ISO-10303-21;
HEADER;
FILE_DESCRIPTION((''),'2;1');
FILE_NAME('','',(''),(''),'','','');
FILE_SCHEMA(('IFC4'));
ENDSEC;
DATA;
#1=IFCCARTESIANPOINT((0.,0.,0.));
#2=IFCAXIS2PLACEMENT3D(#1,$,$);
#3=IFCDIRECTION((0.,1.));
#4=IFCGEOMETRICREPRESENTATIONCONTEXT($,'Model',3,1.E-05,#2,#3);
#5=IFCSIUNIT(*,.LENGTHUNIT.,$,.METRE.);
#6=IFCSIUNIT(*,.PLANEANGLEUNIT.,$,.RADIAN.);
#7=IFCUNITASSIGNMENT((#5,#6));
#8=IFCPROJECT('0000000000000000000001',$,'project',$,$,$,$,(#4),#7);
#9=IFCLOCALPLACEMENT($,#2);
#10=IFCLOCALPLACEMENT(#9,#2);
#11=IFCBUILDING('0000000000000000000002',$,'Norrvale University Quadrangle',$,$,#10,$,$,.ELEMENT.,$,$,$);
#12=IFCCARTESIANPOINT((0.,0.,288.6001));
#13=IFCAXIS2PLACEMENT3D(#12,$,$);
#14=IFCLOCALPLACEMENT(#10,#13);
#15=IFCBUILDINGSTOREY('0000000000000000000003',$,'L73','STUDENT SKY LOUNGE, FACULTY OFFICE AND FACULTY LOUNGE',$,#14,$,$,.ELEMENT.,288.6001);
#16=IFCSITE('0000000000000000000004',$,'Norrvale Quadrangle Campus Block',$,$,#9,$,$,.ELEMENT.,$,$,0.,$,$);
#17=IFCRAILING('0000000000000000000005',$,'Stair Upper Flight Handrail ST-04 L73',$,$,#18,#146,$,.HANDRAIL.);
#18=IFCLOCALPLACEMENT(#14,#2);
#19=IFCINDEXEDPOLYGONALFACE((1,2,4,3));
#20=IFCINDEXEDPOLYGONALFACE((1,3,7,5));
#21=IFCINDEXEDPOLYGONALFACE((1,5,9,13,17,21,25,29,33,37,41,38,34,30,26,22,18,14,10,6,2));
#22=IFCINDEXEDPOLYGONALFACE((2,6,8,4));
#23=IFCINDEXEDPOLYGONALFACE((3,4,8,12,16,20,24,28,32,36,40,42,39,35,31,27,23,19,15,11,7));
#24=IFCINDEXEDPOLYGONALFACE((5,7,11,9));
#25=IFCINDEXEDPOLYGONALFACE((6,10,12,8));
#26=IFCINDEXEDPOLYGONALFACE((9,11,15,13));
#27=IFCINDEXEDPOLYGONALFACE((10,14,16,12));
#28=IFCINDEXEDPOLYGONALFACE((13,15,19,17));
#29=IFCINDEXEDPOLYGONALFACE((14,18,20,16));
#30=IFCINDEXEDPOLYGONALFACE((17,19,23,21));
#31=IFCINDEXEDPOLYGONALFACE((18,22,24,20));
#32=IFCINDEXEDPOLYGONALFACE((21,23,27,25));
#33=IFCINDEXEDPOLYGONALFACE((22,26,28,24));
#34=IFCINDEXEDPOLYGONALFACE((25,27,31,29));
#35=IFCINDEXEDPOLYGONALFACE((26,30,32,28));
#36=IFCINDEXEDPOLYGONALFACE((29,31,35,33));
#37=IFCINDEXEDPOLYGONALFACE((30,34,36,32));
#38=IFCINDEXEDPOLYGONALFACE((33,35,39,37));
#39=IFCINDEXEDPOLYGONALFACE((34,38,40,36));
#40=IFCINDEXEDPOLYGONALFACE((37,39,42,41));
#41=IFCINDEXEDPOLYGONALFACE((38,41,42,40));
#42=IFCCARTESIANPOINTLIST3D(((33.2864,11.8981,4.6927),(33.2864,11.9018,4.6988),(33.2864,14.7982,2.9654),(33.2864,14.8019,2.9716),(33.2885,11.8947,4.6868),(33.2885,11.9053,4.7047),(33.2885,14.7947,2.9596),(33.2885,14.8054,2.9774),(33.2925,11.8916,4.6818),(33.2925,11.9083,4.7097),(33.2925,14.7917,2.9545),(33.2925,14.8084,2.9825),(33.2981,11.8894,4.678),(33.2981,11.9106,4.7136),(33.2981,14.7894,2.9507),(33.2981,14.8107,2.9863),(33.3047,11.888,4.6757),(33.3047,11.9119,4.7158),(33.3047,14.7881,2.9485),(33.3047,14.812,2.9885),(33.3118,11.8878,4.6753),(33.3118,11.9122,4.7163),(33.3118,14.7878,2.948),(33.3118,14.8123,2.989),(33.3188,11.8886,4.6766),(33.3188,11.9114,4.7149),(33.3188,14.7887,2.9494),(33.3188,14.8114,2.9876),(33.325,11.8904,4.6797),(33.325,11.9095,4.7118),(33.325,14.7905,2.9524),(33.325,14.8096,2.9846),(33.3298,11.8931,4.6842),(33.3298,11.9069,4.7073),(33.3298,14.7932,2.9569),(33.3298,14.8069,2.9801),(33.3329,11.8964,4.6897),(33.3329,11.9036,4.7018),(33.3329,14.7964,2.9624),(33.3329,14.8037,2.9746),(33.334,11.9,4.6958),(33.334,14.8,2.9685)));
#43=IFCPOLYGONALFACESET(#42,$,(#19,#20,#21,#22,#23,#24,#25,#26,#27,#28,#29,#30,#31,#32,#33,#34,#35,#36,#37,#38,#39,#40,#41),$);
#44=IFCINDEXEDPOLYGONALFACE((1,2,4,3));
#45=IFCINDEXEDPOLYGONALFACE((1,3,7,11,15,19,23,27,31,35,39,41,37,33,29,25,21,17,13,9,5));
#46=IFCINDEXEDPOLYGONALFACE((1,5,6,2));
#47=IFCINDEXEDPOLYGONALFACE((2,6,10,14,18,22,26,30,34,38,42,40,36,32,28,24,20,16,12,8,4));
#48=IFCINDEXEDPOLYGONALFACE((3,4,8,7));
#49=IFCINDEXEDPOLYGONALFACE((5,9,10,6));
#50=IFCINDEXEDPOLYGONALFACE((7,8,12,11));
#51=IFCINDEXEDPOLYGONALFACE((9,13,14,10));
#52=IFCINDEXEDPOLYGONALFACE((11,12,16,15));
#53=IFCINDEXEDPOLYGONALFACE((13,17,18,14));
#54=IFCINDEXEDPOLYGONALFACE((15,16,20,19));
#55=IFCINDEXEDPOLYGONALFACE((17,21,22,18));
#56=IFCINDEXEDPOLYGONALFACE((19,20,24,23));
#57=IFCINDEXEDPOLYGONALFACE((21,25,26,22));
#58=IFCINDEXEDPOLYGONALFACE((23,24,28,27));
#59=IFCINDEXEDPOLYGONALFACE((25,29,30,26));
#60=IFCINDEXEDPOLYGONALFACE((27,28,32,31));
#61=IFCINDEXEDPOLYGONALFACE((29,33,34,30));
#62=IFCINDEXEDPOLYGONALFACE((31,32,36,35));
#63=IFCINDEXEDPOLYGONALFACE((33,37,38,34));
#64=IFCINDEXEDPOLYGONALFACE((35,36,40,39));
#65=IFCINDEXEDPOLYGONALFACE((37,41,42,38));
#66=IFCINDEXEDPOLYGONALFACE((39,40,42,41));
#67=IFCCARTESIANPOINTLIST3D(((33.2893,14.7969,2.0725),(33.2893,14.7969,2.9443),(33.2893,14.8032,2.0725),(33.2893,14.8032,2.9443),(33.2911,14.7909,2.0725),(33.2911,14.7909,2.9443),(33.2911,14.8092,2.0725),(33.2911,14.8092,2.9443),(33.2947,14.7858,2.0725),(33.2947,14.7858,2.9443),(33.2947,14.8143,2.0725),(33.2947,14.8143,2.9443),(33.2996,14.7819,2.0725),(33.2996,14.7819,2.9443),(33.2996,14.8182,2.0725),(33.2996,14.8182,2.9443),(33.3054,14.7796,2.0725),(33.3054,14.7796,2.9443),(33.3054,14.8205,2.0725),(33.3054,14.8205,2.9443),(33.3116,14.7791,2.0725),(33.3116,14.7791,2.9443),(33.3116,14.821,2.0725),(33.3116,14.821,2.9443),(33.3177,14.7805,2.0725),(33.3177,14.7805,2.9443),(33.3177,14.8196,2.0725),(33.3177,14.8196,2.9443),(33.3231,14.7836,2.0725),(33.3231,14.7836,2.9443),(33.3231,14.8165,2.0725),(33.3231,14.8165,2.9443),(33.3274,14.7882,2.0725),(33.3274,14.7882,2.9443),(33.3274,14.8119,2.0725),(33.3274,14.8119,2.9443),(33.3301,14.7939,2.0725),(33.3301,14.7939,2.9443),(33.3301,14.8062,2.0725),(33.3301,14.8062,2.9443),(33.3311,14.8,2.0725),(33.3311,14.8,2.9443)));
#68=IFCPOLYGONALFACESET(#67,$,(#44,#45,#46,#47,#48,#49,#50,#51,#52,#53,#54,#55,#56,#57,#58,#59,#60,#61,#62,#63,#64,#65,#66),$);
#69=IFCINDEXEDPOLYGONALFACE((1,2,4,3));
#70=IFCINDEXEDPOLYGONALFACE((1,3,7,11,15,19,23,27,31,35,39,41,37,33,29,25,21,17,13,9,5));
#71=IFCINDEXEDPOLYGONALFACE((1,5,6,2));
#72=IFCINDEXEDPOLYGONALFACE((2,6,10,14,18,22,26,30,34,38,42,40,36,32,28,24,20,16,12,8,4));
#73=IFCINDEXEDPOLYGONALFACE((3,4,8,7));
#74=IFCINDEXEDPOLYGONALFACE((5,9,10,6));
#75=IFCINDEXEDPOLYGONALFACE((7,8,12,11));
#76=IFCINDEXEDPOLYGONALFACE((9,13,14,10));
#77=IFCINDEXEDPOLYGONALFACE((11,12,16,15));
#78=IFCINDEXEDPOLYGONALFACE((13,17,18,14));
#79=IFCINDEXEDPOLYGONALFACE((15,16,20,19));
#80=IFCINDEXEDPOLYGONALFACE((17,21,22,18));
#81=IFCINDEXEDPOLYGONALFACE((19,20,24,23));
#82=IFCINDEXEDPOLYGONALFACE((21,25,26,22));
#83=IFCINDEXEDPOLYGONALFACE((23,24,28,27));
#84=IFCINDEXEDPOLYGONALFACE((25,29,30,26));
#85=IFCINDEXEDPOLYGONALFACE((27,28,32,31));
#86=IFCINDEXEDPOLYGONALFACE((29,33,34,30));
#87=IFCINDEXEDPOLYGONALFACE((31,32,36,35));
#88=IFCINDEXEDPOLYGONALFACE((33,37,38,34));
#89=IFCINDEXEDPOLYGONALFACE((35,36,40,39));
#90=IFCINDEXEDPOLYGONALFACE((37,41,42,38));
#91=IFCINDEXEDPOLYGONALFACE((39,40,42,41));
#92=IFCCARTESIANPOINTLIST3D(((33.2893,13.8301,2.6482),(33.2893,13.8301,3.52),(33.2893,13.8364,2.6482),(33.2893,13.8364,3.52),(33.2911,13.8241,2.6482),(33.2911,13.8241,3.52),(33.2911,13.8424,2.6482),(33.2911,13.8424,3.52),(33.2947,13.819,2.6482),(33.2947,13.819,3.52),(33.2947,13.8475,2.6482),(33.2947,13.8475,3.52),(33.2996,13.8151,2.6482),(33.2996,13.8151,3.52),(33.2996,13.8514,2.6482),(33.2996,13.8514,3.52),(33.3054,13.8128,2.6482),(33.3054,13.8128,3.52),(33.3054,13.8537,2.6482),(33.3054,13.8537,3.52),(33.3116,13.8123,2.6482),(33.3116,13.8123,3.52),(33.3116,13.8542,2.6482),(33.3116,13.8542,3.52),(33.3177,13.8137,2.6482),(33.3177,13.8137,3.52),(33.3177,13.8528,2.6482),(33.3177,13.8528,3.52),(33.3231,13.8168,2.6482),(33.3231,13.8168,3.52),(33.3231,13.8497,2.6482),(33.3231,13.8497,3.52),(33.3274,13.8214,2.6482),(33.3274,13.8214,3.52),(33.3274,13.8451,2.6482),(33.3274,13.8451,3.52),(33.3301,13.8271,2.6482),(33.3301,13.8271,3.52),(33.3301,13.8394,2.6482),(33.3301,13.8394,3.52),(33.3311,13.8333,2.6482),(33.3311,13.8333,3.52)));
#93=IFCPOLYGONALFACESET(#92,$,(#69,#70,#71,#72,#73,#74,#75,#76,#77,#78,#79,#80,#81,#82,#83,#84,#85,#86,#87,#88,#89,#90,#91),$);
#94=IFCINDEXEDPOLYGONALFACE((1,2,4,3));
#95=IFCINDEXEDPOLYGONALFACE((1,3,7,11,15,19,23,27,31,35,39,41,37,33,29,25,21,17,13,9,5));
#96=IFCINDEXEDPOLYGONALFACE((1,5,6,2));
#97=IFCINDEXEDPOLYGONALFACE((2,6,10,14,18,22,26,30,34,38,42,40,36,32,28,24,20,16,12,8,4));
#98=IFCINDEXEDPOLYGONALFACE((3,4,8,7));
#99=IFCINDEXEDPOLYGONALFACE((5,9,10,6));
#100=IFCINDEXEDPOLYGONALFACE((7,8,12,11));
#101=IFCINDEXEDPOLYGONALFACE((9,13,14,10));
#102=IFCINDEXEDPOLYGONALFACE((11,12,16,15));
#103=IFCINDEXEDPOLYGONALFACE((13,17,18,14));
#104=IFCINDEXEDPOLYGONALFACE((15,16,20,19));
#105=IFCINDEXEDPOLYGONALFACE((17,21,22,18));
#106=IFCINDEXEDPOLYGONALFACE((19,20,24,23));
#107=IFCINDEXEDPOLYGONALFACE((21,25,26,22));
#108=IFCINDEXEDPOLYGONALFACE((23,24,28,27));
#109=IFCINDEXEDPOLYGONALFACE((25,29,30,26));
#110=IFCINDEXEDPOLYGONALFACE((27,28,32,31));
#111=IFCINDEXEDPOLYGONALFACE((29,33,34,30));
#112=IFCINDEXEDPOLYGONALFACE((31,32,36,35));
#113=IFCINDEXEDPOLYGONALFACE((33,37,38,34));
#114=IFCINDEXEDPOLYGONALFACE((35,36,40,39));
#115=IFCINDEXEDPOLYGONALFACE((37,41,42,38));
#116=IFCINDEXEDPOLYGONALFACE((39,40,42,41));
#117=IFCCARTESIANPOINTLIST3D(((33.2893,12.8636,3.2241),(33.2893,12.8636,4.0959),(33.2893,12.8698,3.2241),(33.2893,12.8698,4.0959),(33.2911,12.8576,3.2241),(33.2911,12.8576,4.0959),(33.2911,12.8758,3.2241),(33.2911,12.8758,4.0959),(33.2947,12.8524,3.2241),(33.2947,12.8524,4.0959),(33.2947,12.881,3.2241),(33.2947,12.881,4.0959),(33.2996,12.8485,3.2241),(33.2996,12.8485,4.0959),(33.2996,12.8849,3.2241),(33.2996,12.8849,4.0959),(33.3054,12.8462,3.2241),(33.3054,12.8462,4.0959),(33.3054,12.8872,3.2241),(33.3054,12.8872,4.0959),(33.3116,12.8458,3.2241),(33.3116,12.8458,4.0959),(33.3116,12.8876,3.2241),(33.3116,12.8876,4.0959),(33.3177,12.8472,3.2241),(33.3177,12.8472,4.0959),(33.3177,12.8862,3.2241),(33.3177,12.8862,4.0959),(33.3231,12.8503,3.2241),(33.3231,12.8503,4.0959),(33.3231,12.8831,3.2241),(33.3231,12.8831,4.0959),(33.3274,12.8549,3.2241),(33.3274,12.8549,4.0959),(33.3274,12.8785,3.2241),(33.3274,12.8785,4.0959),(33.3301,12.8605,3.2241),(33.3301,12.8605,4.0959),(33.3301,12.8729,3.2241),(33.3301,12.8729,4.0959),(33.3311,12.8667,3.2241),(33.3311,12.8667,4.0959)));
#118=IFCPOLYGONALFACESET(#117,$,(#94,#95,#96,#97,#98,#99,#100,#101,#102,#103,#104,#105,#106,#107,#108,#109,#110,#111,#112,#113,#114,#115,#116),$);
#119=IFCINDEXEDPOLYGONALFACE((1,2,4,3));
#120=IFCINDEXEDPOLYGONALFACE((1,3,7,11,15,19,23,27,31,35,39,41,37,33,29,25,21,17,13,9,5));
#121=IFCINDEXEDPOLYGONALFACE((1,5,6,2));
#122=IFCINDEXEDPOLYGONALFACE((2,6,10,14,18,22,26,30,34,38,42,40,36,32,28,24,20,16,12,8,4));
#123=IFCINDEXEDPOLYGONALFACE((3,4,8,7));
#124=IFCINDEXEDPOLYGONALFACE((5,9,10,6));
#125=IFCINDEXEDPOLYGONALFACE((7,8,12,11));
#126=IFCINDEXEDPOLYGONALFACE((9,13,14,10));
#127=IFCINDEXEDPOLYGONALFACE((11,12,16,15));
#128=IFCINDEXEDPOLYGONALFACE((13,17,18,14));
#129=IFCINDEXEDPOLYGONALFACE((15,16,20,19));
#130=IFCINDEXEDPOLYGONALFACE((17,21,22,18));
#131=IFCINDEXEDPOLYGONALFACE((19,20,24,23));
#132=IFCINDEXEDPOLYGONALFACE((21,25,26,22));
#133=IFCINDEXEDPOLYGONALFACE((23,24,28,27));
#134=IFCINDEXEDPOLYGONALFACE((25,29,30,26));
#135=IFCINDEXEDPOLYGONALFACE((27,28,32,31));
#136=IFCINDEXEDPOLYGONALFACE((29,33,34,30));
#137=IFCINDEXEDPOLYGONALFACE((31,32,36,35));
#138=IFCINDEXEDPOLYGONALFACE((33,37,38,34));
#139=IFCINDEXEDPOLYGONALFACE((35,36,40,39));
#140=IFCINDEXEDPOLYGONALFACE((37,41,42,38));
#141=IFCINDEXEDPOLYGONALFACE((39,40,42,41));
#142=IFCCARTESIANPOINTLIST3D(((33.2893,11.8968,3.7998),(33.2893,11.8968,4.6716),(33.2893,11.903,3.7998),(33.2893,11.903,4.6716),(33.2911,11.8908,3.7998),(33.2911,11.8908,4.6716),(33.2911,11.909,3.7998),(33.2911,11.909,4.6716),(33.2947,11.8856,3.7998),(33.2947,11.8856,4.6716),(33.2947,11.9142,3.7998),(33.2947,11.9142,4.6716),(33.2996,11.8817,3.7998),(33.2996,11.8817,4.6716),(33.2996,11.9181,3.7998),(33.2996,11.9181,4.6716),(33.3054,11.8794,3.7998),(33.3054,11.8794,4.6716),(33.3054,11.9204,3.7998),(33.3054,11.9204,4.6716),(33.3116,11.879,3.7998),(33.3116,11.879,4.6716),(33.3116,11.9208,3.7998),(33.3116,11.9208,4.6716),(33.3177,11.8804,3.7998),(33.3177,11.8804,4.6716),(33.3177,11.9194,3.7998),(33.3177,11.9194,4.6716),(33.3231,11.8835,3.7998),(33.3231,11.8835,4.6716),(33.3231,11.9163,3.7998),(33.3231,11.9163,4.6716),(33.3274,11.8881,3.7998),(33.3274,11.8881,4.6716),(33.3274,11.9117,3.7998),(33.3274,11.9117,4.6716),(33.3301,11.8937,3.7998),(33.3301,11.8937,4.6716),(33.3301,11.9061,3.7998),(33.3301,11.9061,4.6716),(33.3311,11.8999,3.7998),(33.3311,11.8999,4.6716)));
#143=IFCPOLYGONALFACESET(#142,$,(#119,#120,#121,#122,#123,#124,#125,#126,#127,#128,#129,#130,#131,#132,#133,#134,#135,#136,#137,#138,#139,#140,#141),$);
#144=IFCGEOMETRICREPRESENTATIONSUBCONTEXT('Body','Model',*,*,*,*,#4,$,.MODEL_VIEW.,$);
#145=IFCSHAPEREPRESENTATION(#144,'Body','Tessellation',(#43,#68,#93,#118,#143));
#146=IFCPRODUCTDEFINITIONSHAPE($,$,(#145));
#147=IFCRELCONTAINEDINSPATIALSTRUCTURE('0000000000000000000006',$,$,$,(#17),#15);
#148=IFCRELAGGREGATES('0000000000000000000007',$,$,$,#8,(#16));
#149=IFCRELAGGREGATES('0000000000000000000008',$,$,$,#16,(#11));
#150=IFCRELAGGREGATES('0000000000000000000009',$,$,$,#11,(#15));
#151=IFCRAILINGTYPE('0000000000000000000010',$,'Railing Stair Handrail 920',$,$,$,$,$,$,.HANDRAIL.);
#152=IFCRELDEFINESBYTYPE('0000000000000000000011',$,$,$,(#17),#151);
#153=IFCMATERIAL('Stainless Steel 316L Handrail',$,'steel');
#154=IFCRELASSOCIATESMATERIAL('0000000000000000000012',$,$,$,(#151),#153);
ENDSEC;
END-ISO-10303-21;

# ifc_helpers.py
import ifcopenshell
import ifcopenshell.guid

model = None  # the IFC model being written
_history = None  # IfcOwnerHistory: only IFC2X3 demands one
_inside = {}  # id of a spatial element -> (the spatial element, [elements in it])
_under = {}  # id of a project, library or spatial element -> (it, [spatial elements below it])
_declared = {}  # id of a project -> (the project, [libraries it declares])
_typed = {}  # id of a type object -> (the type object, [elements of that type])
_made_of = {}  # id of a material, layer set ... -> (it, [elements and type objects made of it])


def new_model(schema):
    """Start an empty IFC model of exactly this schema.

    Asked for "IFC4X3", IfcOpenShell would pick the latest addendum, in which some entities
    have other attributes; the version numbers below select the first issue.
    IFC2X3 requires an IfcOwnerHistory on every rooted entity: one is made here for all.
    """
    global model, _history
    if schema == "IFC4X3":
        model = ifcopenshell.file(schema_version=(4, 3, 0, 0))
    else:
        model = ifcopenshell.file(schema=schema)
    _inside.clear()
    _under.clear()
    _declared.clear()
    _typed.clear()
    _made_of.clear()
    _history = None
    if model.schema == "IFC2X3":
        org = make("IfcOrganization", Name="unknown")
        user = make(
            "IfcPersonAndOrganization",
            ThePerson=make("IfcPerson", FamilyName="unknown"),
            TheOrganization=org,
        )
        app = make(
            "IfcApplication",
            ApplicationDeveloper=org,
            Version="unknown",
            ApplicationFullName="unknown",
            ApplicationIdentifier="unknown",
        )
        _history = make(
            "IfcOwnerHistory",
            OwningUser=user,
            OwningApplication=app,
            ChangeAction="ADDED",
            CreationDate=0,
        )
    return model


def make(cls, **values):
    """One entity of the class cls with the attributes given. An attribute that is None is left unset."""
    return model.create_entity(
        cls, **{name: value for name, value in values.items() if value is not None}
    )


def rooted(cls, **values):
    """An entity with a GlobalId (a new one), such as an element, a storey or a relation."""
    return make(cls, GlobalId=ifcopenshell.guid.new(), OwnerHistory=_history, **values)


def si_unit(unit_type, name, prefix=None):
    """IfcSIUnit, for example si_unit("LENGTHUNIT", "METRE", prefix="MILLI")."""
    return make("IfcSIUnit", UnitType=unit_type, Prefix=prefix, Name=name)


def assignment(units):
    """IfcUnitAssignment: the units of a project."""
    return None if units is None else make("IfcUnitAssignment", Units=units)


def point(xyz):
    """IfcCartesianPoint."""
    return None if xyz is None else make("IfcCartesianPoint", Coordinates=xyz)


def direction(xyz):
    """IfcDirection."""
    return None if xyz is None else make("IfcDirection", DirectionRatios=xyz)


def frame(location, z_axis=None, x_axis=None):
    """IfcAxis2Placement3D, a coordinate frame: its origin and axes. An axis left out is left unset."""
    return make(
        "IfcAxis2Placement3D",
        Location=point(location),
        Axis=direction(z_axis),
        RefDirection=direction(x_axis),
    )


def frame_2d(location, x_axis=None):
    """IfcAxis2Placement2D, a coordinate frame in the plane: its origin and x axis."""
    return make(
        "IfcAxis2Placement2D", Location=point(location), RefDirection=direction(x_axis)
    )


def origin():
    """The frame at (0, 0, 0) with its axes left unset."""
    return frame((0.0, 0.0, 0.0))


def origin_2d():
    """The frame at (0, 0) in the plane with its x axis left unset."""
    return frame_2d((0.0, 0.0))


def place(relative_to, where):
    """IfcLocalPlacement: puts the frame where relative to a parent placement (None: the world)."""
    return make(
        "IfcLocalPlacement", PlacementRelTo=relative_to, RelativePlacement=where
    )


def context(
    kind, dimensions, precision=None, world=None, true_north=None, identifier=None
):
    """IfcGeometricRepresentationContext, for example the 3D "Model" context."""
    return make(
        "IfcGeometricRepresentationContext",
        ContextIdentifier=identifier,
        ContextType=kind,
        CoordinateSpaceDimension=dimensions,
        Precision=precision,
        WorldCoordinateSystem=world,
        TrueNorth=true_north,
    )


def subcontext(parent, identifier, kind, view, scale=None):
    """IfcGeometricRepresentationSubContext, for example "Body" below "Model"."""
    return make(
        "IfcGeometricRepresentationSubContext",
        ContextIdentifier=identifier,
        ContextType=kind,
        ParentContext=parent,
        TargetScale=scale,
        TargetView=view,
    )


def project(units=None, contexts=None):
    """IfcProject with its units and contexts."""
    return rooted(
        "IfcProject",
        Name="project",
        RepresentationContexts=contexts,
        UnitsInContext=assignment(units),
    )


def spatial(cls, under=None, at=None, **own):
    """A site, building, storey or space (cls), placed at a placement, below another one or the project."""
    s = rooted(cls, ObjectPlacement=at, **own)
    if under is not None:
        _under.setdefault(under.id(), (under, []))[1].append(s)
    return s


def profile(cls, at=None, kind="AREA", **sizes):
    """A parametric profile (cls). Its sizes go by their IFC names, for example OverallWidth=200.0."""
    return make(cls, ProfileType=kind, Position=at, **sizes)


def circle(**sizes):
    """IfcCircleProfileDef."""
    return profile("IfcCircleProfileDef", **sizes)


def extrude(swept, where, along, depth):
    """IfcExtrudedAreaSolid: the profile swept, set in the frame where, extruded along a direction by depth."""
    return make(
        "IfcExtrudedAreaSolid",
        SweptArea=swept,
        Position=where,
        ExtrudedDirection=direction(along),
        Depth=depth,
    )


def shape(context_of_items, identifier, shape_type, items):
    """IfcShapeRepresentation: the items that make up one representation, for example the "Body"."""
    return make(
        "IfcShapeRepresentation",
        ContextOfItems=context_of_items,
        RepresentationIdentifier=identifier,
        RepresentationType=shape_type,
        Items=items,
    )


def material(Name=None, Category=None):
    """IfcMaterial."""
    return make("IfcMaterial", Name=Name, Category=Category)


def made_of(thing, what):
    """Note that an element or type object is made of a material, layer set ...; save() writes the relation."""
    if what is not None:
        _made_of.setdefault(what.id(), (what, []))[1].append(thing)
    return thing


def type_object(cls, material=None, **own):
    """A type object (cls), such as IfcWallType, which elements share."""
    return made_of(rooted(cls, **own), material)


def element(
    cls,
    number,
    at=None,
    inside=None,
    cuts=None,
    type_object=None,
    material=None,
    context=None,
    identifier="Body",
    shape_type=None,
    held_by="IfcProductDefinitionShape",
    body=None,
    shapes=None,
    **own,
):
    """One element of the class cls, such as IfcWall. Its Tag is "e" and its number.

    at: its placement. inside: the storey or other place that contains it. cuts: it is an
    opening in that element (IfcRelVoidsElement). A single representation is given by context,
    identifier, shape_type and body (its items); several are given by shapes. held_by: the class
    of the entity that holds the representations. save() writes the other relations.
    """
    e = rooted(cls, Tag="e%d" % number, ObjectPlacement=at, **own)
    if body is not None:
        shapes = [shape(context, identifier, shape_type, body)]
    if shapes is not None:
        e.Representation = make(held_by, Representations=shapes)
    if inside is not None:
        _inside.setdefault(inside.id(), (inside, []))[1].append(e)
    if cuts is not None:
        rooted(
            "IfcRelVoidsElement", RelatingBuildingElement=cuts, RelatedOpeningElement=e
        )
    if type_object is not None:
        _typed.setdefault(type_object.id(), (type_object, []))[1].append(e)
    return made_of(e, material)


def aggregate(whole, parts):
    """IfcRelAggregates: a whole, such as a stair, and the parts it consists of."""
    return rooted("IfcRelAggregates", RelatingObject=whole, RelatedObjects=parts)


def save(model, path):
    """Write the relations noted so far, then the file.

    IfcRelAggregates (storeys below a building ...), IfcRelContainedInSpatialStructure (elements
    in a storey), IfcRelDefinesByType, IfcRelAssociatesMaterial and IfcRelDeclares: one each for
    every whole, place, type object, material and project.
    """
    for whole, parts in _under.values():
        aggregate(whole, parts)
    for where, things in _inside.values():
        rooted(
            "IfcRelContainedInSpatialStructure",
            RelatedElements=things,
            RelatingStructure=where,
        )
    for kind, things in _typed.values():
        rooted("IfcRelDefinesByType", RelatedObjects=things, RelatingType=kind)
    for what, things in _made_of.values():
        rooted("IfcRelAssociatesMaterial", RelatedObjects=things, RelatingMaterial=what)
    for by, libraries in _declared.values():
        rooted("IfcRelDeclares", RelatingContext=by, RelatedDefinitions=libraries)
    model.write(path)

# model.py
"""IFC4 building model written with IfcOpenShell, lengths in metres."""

from ifc_helpers import new_model, si_unit, direction, frame, origin, origin_2d, place, context, subcontext, project, spatial, circle, extrude, material, type_object, element, save


model = new_model("IFC4")

# Units and contexts
model_context = context("Model", 3, precision=1e-05, world=origin(), true_north=direction((0.0, 1.0)))
body_context = subcontext(model_context, "Body", "Model", "MODEL_VIEW")
ifc_project = project(units=[si_unit("LENGTHUNIT", "METRE"), si_unit("PLANEANGLEUNIT", "RADIAN")], contexts=[model_context])

# Site, building, storey
site_placement = place(None, origin())
site = spatial("IfcSite", under=ifc_project, at=site_placement, Name="Norrvale Quadrangle Campus Block", CompositionType="ELEMENT", RefElevation=0.0)
building_placement = place(site_placement, origin())
building = spatial("IfcBuilding", under=site, at=building_placement, Name="Norrvale University Quadrangle", CompositionType="ELEMENT")
storey_placement = place(building_placement, frame((0.0, 0.0, 288.6001)))
storey = spatial("IfcBuildingStorey", under=building, at=storey_placement, Name="L73", Description="STUDENT SKY LOUNGE, FACULTY OFFICE AND FACULTY LOUNGE", CompositionType="ELEMENT", Elevation=288.6001)

# Railing
ifc_material_1 = material(Name="Stainless Steel 316L Handrail", Category="steel")
railing_type_1 = type_object("IfcRailingType", Name="Railing Stair Handrail 920", PredefinedType="HANDRAIL", material=ifc_material_1)
railing_1_placement = place(storey_placement, frame((33.3101, 14.8, 2.0725)))
element("IfcRailing", 1, at=railing_1_placement, inside=storey, type_object=railing_type_1, Name="Stair Upper Flight Handrail ST-04 L73", PredefinedType="HANDRAIL", context=body_context, shape_type="SweptSolid", body=[
    extrude(circle(Radius=0.0239, at=origin_2d()), frame((0.0, 0.0, 0.896), z_axis=(0.0, -0.85916, 0.511706), x_axis=(1.0, 0.0, 0.0)), (0.0, 0.0, 1.0), 3.3755),
    extrude(circle(Radius=0.021, at=origin_2d()), origin(), (0.0, 0.0, 1.0), 0.8718),
    extrude(circle(Radius=0.021, at=origin_2d()), frame((0.0, -0.9668, 0.5757)), (0.0, 0.0, 1.0), 0.8718),
    extrude(circle(Radius=0.021, at=origin_2d()), frame((0.0, -1.9333, 1.1516)), (0.0, 0.0, 1.0), 0.8718),
    extrude(circle(Radius=0.021, at=origin_2d()), frame((0.0, -2.9001, 1.7273)), (0.0, 0.0, 1.0), 0.8718),
])

save(model, "model.ifc")
